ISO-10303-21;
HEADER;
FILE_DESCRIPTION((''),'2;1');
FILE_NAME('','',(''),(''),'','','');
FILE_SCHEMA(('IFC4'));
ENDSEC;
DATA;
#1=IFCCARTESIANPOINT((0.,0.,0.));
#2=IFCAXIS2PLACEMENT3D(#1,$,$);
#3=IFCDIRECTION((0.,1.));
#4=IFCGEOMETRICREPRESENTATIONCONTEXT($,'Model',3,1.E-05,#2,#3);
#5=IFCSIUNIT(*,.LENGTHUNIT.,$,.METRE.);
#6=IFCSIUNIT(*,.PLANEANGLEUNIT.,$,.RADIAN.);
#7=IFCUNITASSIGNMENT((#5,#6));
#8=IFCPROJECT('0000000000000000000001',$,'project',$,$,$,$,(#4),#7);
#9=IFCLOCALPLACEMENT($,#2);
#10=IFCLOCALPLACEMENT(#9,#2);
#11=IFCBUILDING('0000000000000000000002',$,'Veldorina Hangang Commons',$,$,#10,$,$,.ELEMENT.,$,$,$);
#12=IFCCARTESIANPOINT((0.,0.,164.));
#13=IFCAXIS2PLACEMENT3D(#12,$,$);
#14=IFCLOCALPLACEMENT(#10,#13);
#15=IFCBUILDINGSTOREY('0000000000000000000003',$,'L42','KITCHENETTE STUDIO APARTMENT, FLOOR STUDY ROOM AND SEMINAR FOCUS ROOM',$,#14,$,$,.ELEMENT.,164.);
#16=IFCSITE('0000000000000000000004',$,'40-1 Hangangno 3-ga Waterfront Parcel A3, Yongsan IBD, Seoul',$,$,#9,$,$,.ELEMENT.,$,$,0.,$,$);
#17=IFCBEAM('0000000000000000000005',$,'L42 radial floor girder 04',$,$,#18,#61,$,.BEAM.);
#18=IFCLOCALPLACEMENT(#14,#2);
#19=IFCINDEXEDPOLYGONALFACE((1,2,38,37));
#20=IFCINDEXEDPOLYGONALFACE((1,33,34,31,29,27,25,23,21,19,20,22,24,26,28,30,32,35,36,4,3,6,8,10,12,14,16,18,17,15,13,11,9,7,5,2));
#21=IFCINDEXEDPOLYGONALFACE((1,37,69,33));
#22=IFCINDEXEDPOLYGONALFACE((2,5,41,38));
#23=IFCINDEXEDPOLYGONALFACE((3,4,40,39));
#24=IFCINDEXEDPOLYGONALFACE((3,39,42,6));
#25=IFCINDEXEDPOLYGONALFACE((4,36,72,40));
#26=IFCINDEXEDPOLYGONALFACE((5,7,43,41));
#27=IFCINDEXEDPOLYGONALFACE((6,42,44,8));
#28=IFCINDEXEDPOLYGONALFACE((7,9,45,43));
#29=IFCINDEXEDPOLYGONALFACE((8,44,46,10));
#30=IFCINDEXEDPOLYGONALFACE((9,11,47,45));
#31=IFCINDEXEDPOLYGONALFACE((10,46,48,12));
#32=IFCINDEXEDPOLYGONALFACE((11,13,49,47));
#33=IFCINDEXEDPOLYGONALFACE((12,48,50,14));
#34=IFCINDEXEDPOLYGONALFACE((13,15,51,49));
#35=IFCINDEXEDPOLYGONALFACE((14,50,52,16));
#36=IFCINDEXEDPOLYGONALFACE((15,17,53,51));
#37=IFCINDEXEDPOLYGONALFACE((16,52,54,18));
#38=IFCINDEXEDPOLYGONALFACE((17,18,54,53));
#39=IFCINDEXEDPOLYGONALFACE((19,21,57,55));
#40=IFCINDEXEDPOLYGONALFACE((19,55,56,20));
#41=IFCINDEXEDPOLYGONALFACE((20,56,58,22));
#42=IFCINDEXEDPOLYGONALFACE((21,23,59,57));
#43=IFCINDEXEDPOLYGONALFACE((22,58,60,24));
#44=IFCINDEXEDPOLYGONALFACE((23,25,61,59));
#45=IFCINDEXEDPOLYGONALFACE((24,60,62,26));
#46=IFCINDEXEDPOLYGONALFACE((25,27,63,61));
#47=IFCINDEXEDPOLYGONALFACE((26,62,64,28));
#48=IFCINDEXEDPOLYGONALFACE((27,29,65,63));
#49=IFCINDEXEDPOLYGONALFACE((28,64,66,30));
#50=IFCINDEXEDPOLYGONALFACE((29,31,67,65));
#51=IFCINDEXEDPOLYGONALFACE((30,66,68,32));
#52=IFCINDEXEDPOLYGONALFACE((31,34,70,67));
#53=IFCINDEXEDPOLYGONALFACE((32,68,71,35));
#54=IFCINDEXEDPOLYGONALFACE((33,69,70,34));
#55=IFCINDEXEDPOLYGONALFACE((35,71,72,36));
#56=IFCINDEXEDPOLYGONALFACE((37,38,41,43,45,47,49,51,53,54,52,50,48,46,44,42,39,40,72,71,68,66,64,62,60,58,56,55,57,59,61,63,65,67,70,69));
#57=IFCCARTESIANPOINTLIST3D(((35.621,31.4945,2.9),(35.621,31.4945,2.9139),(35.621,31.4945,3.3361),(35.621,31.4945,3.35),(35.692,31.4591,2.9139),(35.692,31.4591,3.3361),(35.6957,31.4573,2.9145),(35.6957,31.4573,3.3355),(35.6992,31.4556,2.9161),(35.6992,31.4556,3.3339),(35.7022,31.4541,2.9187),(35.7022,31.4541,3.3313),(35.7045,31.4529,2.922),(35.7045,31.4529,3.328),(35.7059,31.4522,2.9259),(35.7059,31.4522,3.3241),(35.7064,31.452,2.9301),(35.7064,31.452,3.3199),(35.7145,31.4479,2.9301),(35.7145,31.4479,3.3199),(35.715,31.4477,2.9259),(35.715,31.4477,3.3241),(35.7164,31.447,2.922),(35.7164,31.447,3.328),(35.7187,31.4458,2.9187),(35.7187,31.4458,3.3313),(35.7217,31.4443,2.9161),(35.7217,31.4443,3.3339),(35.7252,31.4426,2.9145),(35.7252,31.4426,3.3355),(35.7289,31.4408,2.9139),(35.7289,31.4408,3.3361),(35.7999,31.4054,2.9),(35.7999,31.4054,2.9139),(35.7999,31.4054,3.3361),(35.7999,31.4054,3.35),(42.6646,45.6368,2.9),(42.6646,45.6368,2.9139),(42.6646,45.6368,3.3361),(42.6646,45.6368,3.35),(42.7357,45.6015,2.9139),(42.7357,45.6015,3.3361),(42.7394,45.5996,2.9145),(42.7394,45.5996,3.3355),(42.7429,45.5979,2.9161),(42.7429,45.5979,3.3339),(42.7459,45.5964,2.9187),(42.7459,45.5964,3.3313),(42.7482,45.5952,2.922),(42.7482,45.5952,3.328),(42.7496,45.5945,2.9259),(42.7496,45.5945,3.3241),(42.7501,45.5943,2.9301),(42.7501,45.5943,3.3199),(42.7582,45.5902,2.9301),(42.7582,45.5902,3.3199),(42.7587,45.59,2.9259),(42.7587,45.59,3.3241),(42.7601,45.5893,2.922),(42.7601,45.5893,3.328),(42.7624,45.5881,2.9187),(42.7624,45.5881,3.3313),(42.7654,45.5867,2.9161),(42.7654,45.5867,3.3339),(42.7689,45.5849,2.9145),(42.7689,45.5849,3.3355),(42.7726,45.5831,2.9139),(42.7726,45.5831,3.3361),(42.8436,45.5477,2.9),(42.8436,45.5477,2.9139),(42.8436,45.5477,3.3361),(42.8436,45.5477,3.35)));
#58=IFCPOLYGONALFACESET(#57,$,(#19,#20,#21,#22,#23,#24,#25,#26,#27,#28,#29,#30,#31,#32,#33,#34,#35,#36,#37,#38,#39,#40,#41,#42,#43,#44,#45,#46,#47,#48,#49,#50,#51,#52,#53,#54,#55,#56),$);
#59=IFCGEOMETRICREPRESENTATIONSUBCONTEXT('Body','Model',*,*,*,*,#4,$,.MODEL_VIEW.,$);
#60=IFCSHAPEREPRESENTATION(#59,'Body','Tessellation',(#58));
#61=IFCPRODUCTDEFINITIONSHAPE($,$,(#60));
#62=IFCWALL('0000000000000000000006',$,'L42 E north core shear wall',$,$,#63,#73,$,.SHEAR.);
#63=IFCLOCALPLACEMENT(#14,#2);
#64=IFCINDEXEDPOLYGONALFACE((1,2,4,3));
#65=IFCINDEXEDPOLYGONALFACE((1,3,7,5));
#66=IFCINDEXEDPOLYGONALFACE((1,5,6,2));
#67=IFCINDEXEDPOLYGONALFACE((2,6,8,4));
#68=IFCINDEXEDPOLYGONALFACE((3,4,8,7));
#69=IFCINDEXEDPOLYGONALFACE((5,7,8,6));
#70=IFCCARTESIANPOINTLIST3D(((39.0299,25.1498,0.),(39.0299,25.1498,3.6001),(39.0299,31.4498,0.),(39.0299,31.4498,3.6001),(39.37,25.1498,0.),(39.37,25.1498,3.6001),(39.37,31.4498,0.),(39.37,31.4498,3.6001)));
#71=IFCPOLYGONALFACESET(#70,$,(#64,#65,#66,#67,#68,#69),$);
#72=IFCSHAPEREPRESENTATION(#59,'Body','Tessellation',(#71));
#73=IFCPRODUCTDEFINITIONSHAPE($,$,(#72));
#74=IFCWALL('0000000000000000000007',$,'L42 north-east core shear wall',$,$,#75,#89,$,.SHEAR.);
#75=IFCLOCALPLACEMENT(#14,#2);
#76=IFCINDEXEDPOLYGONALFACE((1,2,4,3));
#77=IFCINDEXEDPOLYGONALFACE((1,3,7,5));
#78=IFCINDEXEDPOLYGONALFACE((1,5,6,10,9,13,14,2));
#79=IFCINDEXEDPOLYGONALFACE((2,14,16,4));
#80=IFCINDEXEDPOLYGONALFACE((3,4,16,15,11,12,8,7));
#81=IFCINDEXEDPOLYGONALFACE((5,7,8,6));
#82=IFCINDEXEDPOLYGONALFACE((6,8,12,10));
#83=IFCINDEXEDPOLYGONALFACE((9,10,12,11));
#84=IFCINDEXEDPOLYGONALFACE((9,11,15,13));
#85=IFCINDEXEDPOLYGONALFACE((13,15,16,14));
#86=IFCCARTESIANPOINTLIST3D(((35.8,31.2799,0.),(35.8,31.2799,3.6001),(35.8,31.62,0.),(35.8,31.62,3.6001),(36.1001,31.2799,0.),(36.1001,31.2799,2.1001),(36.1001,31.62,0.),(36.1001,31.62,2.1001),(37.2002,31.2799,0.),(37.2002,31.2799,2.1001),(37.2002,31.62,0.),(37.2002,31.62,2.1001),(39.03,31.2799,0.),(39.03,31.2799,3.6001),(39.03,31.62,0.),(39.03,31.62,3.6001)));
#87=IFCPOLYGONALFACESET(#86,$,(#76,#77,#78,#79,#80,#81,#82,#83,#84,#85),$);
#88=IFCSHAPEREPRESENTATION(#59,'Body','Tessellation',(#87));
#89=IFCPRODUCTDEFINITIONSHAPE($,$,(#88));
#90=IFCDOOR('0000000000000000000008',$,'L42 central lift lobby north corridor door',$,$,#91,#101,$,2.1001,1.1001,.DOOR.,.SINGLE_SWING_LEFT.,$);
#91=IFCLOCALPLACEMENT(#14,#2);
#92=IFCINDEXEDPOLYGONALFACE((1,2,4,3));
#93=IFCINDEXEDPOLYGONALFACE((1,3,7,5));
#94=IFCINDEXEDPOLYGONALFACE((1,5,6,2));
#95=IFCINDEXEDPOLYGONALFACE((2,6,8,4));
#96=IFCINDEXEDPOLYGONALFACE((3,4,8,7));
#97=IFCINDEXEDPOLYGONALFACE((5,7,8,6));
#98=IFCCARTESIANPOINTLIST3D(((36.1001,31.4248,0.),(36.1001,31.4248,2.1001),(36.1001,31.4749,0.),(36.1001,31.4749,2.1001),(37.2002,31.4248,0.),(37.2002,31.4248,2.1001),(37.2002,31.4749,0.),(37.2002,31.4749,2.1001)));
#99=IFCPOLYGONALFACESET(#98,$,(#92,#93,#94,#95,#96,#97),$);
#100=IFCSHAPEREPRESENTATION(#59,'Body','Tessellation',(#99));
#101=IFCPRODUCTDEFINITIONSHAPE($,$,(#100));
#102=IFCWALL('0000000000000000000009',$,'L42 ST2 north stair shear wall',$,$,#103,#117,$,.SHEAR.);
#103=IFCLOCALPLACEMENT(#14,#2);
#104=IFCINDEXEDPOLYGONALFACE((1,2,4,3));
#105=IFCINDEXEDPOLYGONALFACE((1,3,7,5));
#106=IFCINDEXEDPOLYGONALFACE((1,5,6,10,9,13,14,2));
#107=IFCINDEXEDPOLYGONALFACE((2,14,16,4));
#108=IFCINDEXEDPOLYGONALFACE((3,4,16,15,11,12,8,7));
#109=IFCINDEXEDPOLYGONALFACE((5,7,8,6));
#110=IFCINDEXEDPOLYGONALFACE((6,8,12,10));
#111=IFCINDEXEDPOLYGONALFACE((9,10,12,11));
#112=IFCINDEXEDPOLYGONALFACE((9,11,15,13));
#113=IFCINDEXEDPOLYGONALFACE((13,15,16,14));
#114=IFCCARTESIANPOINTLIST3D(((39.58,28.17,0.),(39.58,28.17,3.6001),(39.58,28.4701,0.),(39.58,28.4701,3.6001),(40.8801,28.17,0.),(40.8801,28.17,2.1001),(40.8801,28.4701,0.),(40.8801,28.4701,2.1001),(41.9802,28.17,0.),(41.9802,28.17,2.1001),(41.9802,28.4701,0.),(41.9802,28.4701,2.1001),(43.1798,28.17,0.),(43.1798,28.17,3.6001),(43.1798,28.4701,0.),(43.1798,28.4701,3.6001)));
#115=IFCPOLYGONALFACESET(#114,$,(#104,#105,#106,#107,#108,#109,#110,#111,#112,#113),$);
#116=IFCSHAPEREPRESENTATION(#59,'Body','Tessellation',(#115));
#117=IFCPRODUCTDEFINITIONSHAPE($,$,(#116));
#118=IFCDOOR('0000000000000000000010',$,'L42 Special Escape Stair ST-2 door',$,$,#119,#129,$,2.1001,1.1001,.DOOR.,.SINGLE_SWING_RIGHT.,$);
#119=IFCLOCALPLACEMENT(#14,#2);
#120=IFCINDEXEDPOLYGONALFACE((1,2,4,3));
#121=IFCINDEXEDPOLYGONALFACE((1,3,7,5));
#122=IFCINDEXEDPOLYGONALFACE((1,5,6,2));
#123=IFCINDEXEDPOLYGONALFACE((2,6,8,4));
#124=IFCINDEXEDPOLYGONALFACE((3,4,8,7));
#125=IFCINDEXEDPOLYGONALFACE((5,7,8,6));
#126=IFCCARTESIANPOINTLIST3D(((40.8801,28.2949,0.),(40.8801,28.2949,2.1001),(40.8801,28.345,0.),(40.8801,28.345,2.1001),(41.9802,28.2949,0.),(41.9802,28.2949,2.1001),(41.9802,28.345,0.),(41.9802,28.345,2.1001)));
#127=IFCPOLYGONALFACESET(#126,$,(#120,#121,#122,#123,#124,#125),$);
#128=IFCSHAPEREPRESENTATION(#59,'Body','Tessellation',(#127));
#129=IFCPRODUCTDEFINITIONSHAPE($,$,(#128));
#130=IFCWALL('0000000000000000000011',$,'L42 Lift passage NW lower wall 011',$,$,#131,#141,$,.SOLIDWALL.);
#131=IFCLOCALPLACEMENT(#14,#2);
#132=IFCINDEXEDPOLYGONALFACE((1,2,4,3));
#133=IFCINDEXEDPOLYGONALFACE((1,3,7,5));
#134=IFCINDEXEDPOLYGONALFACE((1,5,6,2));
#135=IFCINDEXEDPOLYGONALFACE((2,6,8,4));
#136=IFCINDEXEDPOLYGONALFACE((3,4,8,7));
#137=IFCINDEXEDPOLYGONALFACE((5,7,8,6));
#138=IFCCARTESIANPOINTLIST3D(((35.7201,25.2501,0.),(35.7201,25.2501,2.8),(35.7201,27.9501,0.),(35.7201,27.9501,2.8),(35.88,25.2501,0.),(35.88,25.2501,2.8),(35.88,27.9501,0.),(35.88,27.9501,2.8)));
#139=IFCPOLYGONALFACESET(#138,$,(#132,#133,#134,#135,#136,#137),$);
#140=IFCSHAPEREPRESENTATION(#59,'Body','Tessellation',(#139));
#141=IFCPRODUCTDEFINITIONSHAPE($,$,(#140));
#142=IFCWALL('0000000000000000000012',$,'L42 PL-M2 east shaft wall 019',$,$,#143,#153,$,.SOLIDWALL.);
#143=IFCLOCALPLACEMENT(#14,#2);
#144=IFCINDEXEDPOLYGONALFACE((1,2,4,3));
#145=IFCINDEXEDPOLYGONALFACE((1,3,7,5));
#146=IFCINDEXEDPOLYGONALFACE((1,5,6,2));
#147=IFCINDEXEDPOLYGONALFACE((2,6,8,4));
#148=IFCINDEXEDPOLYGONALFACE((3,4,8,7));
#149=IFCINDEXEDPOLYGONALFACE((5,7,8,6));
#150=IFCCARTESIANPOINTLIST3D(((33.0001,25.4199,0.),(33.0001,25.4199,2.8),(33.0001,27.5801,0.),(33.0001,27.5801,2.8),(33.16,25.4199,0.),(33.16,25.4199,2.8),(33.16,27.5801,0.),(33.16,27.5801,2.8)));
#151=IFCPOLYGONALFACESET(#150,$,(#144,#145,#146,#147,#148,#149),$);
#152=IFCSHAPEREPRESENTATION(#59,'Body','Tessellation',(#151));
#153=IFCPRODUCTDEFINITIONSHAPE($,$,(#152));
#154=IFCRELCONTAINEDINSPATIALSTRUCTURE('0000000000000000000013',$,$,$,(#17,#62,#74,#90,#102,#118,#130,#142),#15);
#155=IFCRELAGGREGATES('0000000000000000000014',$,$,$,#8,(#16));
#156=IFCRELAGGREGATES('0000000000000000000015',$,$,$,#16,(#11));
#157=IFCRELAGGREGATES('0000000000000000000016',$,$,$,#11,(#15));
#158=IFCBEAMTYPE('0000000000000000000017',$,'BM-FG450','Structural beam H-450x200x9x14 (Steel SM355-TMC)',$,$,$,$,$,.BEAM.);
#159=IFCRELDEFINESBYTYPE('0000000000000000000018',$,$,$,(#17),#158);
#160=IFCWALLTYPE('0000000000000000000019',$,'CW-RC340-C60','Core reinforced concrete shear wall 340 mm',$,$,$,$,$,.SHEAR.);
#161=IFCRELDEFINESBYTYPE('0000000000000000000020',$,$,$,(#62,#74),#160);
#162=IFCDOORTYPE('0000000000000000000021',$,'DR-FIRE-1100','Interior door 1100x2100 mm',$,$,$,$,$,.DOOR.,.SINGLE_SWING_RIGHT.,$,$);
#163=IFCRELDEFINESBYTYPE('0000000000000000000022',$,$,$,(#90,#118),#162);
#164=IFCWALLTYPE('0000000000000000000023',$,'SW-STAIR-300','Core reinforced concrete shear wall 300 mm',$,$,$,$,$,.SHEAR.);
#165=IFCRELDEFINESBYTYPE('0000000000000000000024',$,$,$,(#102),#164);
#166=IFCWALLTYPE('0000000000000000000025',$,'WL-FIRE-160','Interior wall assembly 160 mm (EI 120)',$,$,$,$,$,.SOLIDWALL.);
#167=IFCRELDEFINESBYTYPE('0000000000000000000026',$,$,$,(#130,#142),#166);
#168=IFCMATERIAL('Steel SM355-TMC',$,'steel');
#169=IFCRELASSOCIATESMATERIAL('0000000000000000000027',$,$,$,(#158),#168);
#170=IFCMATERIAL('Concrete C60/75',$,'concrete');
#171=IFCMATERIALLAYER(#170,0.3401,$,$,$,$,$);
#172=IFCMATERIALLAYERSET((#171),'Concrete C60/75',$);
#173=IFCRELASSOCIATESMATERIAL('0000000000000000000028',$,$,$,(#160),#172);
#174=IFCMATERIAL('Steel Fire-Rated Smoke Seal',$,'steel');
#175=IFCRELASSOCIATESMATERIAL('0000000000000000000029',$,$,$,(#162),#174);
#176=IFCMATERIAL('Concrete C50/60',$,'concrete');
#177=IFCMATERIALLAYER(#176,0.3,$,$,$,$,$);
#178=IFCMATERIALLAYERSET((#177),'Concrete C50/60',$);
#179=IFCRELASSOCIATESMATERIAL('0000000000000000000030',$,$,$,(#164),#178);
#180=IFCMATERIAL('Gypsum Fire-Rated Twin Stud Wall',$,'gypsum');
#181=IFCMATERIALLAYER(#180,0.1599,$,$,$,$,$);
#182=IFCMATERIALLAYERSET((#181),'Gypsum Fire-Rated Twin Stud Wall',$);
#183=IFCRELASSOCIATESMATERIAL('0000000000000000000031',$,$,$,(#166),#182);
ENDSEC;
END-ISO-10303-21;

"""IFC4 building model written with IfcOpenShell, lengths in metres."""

from ifc_helpers import new_model, si_unit, direction, frame, frame_2d, origin, origin_2d, place, context, subcontext, project, spatial, rectangle, i_section, extrude, material, layer, layer_set, material_profile, profile_set, type_object, element, fill, save


model = new_model("IFC4")

# Units and contexts
model_context = context("Model", 3, precision=1e-05, world=origin(), true_north=direction((0.0, 1.0)))
body_context = subcontext(model_context, "Body", "Model", "MODEL_VIEW")
ifc_project = project(units=[si_unit("LENGTHUNIT", "METRE"), si_unit("PLANEANGLEUNIT", "RADIAN")], contexts=[model_context])

# Site, building, storey
site_placement = place(None, origin())
site = spatial("IfcSite", under=ifc_project, at=site_placement, Name="40-1 Hangangno 3-ga Waterfront Parcel A3, Yongsan IBD, Seoul", CompositionType="ELEMENT", RefElevation=0.0)
building_placement = place(site_placement, origin())
building = spatial("IfcBuilding", under=site, at=building_placement, Name="Veldorina Hangang Commons", CompositionType="ELEMENT")
storey_placement = place(building_placement, frame((0.0, 0.0, 164.0)))
storey = spatial("IfcBuildingStorey", under=building, at=storey_placement, Name="L42", Description="KITCHENETTE STUDIO APARTMENT, FLOOR STUDY ROOM AND SEMINAR FOCUS ROOM", CompositionType="ELEMENT", Elevation=164.0)

# Beam
ifc_material_1 = material(Name="Concrete C60/75", Category="concrete")
ifc_material_2 = material(Name="Steel SM355-TMC", Category="steel")
ifc_material_profile_1 = material_profile(ifc_material_2, i_section(OverallWidth=0.2, OverallDepth=0.45, WebThickness=0.009, FlangeThickness=0.0139, FilletRadius=0.0161, at=origin_2d()), Name="H-450x200x9x14")
ifc_profile_set_1 = profile_set([ifc_material_profile_1], Name="Steel SM355-TMC")
beam_type_1 = type_object("IfcBeamType", Name="BM-FG450", Description="Structural beam H-450x200x9x14 (Steel SM355-TMC)", PredefinedType="BEAM", material=ifc_profile_set_1)
beam_1_placement = place(storey_placement, frame((35.7104, 31.45, 3.125), z_axis=(0.445822, 0.895121, 0.0), x_axis=(-0.895121, 0.445822, 0.0)))
element("IfcBeam", 1, at=beam_1_placement, inside=storey, type_object=beam_type_1, Name="L42 radial floor girder 04", PredefinedType="BEAM", context=body_context, shape_type="SweptSolid", body=[
    extrude(i_section(OverallWidth=0.2, OverallDepth=0.45, WebThickness=0.009, FlangeThickness=0.0139, FilletRadius=0.0161, at=origin_2d()), origin(), (0.0, 0.0, 1.0), 15.7993),
])

# Wall
ifc_layer_1 = layer(ifc_material_1, 0.3401)
ifc_layer_set_1 = layer_set([ifc_layer_1], Name="Concrete C60/75")
wall_type_1 = type_object("IfcWallType", Name="CW-RC340-C60", Description="Core reinforced concrete shear wall 340 mm", PredefinedType="SHEAR", material=ifc_layer_set_1)
wall_1_placement = place(storey_placement, frame((39.2, 25.1499, 0.0), z_axis=(0.0, 0.0, 1.0), x_axis=(0.0, 1.0, 0.0)))
element("IfcWall", 2, at=wall_1_placement, inside=storey, type_object=wall_type_1, Name="L42 E north core shear wall", PredefinedType="SHEAR", context=body_context, shape_type="SweptSolid", body=[
    extrude(rectangle(XDim=6.3, YDim=0.3401, at=frame_2d((3.1499, 0.0))), origin(), (0.0, 0.0, 1.0), 3.6001),
])

# Walls, openings, doors
wall_2_placement = place(storey_placement, frame((35.8, 31.45, 0.0), z_axis=(0.0, 0.0, 1.0), x_axis=(1.0, 0.0, 0.0)))
wall_2 = element("IfcWall", 3, at=wall_2_placement, inside=storey, type_object=wall_type_1, Name="L42 north-east core shear wall", PredefinedType="SHEAR", context=body_context, shape_type="SweptSolid", body=[
    extrude(rectangle(XDim=3.23, YDim=0.3401, at=frame_2d((1.615, 0.0))), origin(), (0.0, 0.0, 1.0), 3.6001),
])
opening_1_placement = place(wall_2_placement, frame((0.3, 0.0, 0.0)))
opening_1 = element("IfcOpeningElement", 4, at=opening_1_placement, cuts=wall_2, PredefinedType="OPENING", context=body_context, shape_type="SweptSolid", body=[
    extrude(rectangle(XDim=1.1001, YDim=2.1001, at=frame_2d((0.55, 1.05))), frame((0.0, 0.1802, 0.0), z_axis=(0.0, -1.0, 0.0), x_axis=(1.0, 0.0, 0.0)), (0.0, 0.0, 1.0), 0.3601),
])
ifc_material_3 = material(Name="Steel Fire-Rated Smoke Seal", Category="steel")
door_type_1 = type_object("IfcDoorType", Name="DR-FIRE-1100", Description="Interior door 1100x2100 mm", OperationType="SINGLE_SWING_RIGHT", PredefinedType="DOOR", material=ifc_material_3)
door_1_placement = place(opening_1_placement, origin())
door_1 = element("IfcDoor", 5, at=door_1_placement, inside=storey, type_object=door_type_1, Name="L42 central lift lobby north corridor door", OperationType="SINGLE_SWING_LEFT", OverallHeight=2.1001, OverallWidth=1.1001, PredefinedType="DOOR", context=body_context, shape_type="SweptSolid", body=[
    extrude(rectangle(XDim=1.1001, YDim=2.1001, at=frame_2d((0.55, 1.05))), frame((0.0, 0.0249, 0.0), z_axis=(0.0, -1.0, 0.0), x_axis=(1.0, 0.0, 0.0)), (0.0, 0.0, 1.0), 0.05),
])
fill(opening_1, door_1)
ifc_material_4 = material(Name="Concrete C50/60", Category="concrete")
ifc_layer_2 = layer(ifc_material_4, 0.3)
ifc_layer_set_2 = layer_set([ifc_layer_2], Name="Concrete C50/60")
wall_type_2 = type_object("IfcWallType", Name="SW-STAIR-300", Description="Core reinforced concrete shear wall 300 mm", PredefinedType="SHEAR", material=ifc_layer_set_2)
wall_3_placement = place(storey_placement, frame((39.5801, 28.3201, 0.0), z_axis=(0.0, 0.0, 1.0), x_axis=(1.0, 0.0, 0.0)))
wall_3 = element("IfcWall", 6, at=wall_3_placement, inside=storey, type_object=wall_type_2, Name="L42 ST2 north stair shear wall", PredefinedType="SHEAR", context=body_context, shape_type="SweptSolid", body=[
    extrude(rectangle(XDim=3.5999, YDim=0.3, at=frame_2d((1.7998, 0.0))), origin(), (0.0, 0.0, 1.0), 3.6001),
])
opening_2_placement = place(wall_3_placement, frame((1.3, 0.0, 0.0)))
opening_2 = element("IfcOpeningElement", 7, at=opening_2_placement, cuts=wall_3, PredefinedType="OPENING", context=body_context, shape_type="SweptSolid", body=[
    extrude(rectangle(XDim=1.1001, YDim=2.1001, at=frame_2d((0.55, 1.05))), frame((0.0, 0.1602, 0.0), z_axis=(0.0, -1.0, 0.0), x_axis=(1.0, 0.0, 0.0)), (0.0, 0.0, 1.0), 0.3201),
])
door_2_placement = place(opening_2_placement, origin())
door_2 = element("IfcDoor", 8, at=door_2_placement, inside=storey, type_object=door_type_1, Name="L42 Special Escape Stair ST-2 door", OperationType="SINGLE_SWING_RIGHT", OverallHeight=2.1001, OverallWidth=1.1001, PredefinedType="DOOR", context=body_context, shape_type="SweptSolid", body=[
    extrude(rectangle(XDim=1.1001, YDim=2.1001, at=frame_2d((0.55, 1.05))), frame((0.0, 0.0249, 0.0), z_axis=(0.0, -1.0, 0.0), x_axis=(1.0, 0.0, 0.0)), (0.0, 0.0, 1.0), 0.05),
])
fill(opening_2, door_2)

# Walls
ifc_material_5 = material(Name="Gypsum Fire-Rated Twin Stud Wall", Category="gypsum")
ifc_layer_3 = layer(ifc_material_5, 0.1599)
ifc_layer_set_3 = layer_set([ifc_layer_3], Name="Gypsum Fire-Rated Twin Stud Wall")
wall_type_3 = type_object("IfcWallType", Name="WL-FIRE-160", Description="Interior wall assembly 160 mm (EI 120)", PredefinedType="SOLIDWALL", material=ifc_layer_set_3)
wall_4_placement = place(storey_placement, frame((35.8, 25.25, 0.0), z_axis=(0.0, 0.0, 1.0), x_axis=(0.0, 1.0, 0.0)))
element("IfcWall", 9, at=wall_4_placement, inside=storey, type_object=wall_type_3, Name="L42 Lift passage NW lower wall 011", PredefinedType="SOLIDWALL", context=body_context, shape_type="SweptSolid", body=[
    extrude(rectangle(XDim=2.7, YDim=0.1599, at=frame_2d((1.3501, 0.0))), origin(), (0.0, 0.0, 1.0), 2.8),
])
wall_5_placement = place(storey_placement, frame((33.0801, 25.4199, 0.0), z_axis=(0.0, 0.0, 1.0), x_axis=(0.0, 1.0, 0.0)))
element("IfcWall", 10, at=wall_5_placement, inside=storey, type_object=wall_type_3, Name="L42 PL-M2 east shaft wall 019", PredefinedType="SOLIDWALL", context=body_context, shape_type="SweptSolid", body=[
    extrude(rectangle(XDim=2.1602, YDim=0.1599, at=frame_2d((1.0801, 0.0))), origin(), (0.0, 0.0, 1.0), 2.8),
])

save(model, "model.ifc")
